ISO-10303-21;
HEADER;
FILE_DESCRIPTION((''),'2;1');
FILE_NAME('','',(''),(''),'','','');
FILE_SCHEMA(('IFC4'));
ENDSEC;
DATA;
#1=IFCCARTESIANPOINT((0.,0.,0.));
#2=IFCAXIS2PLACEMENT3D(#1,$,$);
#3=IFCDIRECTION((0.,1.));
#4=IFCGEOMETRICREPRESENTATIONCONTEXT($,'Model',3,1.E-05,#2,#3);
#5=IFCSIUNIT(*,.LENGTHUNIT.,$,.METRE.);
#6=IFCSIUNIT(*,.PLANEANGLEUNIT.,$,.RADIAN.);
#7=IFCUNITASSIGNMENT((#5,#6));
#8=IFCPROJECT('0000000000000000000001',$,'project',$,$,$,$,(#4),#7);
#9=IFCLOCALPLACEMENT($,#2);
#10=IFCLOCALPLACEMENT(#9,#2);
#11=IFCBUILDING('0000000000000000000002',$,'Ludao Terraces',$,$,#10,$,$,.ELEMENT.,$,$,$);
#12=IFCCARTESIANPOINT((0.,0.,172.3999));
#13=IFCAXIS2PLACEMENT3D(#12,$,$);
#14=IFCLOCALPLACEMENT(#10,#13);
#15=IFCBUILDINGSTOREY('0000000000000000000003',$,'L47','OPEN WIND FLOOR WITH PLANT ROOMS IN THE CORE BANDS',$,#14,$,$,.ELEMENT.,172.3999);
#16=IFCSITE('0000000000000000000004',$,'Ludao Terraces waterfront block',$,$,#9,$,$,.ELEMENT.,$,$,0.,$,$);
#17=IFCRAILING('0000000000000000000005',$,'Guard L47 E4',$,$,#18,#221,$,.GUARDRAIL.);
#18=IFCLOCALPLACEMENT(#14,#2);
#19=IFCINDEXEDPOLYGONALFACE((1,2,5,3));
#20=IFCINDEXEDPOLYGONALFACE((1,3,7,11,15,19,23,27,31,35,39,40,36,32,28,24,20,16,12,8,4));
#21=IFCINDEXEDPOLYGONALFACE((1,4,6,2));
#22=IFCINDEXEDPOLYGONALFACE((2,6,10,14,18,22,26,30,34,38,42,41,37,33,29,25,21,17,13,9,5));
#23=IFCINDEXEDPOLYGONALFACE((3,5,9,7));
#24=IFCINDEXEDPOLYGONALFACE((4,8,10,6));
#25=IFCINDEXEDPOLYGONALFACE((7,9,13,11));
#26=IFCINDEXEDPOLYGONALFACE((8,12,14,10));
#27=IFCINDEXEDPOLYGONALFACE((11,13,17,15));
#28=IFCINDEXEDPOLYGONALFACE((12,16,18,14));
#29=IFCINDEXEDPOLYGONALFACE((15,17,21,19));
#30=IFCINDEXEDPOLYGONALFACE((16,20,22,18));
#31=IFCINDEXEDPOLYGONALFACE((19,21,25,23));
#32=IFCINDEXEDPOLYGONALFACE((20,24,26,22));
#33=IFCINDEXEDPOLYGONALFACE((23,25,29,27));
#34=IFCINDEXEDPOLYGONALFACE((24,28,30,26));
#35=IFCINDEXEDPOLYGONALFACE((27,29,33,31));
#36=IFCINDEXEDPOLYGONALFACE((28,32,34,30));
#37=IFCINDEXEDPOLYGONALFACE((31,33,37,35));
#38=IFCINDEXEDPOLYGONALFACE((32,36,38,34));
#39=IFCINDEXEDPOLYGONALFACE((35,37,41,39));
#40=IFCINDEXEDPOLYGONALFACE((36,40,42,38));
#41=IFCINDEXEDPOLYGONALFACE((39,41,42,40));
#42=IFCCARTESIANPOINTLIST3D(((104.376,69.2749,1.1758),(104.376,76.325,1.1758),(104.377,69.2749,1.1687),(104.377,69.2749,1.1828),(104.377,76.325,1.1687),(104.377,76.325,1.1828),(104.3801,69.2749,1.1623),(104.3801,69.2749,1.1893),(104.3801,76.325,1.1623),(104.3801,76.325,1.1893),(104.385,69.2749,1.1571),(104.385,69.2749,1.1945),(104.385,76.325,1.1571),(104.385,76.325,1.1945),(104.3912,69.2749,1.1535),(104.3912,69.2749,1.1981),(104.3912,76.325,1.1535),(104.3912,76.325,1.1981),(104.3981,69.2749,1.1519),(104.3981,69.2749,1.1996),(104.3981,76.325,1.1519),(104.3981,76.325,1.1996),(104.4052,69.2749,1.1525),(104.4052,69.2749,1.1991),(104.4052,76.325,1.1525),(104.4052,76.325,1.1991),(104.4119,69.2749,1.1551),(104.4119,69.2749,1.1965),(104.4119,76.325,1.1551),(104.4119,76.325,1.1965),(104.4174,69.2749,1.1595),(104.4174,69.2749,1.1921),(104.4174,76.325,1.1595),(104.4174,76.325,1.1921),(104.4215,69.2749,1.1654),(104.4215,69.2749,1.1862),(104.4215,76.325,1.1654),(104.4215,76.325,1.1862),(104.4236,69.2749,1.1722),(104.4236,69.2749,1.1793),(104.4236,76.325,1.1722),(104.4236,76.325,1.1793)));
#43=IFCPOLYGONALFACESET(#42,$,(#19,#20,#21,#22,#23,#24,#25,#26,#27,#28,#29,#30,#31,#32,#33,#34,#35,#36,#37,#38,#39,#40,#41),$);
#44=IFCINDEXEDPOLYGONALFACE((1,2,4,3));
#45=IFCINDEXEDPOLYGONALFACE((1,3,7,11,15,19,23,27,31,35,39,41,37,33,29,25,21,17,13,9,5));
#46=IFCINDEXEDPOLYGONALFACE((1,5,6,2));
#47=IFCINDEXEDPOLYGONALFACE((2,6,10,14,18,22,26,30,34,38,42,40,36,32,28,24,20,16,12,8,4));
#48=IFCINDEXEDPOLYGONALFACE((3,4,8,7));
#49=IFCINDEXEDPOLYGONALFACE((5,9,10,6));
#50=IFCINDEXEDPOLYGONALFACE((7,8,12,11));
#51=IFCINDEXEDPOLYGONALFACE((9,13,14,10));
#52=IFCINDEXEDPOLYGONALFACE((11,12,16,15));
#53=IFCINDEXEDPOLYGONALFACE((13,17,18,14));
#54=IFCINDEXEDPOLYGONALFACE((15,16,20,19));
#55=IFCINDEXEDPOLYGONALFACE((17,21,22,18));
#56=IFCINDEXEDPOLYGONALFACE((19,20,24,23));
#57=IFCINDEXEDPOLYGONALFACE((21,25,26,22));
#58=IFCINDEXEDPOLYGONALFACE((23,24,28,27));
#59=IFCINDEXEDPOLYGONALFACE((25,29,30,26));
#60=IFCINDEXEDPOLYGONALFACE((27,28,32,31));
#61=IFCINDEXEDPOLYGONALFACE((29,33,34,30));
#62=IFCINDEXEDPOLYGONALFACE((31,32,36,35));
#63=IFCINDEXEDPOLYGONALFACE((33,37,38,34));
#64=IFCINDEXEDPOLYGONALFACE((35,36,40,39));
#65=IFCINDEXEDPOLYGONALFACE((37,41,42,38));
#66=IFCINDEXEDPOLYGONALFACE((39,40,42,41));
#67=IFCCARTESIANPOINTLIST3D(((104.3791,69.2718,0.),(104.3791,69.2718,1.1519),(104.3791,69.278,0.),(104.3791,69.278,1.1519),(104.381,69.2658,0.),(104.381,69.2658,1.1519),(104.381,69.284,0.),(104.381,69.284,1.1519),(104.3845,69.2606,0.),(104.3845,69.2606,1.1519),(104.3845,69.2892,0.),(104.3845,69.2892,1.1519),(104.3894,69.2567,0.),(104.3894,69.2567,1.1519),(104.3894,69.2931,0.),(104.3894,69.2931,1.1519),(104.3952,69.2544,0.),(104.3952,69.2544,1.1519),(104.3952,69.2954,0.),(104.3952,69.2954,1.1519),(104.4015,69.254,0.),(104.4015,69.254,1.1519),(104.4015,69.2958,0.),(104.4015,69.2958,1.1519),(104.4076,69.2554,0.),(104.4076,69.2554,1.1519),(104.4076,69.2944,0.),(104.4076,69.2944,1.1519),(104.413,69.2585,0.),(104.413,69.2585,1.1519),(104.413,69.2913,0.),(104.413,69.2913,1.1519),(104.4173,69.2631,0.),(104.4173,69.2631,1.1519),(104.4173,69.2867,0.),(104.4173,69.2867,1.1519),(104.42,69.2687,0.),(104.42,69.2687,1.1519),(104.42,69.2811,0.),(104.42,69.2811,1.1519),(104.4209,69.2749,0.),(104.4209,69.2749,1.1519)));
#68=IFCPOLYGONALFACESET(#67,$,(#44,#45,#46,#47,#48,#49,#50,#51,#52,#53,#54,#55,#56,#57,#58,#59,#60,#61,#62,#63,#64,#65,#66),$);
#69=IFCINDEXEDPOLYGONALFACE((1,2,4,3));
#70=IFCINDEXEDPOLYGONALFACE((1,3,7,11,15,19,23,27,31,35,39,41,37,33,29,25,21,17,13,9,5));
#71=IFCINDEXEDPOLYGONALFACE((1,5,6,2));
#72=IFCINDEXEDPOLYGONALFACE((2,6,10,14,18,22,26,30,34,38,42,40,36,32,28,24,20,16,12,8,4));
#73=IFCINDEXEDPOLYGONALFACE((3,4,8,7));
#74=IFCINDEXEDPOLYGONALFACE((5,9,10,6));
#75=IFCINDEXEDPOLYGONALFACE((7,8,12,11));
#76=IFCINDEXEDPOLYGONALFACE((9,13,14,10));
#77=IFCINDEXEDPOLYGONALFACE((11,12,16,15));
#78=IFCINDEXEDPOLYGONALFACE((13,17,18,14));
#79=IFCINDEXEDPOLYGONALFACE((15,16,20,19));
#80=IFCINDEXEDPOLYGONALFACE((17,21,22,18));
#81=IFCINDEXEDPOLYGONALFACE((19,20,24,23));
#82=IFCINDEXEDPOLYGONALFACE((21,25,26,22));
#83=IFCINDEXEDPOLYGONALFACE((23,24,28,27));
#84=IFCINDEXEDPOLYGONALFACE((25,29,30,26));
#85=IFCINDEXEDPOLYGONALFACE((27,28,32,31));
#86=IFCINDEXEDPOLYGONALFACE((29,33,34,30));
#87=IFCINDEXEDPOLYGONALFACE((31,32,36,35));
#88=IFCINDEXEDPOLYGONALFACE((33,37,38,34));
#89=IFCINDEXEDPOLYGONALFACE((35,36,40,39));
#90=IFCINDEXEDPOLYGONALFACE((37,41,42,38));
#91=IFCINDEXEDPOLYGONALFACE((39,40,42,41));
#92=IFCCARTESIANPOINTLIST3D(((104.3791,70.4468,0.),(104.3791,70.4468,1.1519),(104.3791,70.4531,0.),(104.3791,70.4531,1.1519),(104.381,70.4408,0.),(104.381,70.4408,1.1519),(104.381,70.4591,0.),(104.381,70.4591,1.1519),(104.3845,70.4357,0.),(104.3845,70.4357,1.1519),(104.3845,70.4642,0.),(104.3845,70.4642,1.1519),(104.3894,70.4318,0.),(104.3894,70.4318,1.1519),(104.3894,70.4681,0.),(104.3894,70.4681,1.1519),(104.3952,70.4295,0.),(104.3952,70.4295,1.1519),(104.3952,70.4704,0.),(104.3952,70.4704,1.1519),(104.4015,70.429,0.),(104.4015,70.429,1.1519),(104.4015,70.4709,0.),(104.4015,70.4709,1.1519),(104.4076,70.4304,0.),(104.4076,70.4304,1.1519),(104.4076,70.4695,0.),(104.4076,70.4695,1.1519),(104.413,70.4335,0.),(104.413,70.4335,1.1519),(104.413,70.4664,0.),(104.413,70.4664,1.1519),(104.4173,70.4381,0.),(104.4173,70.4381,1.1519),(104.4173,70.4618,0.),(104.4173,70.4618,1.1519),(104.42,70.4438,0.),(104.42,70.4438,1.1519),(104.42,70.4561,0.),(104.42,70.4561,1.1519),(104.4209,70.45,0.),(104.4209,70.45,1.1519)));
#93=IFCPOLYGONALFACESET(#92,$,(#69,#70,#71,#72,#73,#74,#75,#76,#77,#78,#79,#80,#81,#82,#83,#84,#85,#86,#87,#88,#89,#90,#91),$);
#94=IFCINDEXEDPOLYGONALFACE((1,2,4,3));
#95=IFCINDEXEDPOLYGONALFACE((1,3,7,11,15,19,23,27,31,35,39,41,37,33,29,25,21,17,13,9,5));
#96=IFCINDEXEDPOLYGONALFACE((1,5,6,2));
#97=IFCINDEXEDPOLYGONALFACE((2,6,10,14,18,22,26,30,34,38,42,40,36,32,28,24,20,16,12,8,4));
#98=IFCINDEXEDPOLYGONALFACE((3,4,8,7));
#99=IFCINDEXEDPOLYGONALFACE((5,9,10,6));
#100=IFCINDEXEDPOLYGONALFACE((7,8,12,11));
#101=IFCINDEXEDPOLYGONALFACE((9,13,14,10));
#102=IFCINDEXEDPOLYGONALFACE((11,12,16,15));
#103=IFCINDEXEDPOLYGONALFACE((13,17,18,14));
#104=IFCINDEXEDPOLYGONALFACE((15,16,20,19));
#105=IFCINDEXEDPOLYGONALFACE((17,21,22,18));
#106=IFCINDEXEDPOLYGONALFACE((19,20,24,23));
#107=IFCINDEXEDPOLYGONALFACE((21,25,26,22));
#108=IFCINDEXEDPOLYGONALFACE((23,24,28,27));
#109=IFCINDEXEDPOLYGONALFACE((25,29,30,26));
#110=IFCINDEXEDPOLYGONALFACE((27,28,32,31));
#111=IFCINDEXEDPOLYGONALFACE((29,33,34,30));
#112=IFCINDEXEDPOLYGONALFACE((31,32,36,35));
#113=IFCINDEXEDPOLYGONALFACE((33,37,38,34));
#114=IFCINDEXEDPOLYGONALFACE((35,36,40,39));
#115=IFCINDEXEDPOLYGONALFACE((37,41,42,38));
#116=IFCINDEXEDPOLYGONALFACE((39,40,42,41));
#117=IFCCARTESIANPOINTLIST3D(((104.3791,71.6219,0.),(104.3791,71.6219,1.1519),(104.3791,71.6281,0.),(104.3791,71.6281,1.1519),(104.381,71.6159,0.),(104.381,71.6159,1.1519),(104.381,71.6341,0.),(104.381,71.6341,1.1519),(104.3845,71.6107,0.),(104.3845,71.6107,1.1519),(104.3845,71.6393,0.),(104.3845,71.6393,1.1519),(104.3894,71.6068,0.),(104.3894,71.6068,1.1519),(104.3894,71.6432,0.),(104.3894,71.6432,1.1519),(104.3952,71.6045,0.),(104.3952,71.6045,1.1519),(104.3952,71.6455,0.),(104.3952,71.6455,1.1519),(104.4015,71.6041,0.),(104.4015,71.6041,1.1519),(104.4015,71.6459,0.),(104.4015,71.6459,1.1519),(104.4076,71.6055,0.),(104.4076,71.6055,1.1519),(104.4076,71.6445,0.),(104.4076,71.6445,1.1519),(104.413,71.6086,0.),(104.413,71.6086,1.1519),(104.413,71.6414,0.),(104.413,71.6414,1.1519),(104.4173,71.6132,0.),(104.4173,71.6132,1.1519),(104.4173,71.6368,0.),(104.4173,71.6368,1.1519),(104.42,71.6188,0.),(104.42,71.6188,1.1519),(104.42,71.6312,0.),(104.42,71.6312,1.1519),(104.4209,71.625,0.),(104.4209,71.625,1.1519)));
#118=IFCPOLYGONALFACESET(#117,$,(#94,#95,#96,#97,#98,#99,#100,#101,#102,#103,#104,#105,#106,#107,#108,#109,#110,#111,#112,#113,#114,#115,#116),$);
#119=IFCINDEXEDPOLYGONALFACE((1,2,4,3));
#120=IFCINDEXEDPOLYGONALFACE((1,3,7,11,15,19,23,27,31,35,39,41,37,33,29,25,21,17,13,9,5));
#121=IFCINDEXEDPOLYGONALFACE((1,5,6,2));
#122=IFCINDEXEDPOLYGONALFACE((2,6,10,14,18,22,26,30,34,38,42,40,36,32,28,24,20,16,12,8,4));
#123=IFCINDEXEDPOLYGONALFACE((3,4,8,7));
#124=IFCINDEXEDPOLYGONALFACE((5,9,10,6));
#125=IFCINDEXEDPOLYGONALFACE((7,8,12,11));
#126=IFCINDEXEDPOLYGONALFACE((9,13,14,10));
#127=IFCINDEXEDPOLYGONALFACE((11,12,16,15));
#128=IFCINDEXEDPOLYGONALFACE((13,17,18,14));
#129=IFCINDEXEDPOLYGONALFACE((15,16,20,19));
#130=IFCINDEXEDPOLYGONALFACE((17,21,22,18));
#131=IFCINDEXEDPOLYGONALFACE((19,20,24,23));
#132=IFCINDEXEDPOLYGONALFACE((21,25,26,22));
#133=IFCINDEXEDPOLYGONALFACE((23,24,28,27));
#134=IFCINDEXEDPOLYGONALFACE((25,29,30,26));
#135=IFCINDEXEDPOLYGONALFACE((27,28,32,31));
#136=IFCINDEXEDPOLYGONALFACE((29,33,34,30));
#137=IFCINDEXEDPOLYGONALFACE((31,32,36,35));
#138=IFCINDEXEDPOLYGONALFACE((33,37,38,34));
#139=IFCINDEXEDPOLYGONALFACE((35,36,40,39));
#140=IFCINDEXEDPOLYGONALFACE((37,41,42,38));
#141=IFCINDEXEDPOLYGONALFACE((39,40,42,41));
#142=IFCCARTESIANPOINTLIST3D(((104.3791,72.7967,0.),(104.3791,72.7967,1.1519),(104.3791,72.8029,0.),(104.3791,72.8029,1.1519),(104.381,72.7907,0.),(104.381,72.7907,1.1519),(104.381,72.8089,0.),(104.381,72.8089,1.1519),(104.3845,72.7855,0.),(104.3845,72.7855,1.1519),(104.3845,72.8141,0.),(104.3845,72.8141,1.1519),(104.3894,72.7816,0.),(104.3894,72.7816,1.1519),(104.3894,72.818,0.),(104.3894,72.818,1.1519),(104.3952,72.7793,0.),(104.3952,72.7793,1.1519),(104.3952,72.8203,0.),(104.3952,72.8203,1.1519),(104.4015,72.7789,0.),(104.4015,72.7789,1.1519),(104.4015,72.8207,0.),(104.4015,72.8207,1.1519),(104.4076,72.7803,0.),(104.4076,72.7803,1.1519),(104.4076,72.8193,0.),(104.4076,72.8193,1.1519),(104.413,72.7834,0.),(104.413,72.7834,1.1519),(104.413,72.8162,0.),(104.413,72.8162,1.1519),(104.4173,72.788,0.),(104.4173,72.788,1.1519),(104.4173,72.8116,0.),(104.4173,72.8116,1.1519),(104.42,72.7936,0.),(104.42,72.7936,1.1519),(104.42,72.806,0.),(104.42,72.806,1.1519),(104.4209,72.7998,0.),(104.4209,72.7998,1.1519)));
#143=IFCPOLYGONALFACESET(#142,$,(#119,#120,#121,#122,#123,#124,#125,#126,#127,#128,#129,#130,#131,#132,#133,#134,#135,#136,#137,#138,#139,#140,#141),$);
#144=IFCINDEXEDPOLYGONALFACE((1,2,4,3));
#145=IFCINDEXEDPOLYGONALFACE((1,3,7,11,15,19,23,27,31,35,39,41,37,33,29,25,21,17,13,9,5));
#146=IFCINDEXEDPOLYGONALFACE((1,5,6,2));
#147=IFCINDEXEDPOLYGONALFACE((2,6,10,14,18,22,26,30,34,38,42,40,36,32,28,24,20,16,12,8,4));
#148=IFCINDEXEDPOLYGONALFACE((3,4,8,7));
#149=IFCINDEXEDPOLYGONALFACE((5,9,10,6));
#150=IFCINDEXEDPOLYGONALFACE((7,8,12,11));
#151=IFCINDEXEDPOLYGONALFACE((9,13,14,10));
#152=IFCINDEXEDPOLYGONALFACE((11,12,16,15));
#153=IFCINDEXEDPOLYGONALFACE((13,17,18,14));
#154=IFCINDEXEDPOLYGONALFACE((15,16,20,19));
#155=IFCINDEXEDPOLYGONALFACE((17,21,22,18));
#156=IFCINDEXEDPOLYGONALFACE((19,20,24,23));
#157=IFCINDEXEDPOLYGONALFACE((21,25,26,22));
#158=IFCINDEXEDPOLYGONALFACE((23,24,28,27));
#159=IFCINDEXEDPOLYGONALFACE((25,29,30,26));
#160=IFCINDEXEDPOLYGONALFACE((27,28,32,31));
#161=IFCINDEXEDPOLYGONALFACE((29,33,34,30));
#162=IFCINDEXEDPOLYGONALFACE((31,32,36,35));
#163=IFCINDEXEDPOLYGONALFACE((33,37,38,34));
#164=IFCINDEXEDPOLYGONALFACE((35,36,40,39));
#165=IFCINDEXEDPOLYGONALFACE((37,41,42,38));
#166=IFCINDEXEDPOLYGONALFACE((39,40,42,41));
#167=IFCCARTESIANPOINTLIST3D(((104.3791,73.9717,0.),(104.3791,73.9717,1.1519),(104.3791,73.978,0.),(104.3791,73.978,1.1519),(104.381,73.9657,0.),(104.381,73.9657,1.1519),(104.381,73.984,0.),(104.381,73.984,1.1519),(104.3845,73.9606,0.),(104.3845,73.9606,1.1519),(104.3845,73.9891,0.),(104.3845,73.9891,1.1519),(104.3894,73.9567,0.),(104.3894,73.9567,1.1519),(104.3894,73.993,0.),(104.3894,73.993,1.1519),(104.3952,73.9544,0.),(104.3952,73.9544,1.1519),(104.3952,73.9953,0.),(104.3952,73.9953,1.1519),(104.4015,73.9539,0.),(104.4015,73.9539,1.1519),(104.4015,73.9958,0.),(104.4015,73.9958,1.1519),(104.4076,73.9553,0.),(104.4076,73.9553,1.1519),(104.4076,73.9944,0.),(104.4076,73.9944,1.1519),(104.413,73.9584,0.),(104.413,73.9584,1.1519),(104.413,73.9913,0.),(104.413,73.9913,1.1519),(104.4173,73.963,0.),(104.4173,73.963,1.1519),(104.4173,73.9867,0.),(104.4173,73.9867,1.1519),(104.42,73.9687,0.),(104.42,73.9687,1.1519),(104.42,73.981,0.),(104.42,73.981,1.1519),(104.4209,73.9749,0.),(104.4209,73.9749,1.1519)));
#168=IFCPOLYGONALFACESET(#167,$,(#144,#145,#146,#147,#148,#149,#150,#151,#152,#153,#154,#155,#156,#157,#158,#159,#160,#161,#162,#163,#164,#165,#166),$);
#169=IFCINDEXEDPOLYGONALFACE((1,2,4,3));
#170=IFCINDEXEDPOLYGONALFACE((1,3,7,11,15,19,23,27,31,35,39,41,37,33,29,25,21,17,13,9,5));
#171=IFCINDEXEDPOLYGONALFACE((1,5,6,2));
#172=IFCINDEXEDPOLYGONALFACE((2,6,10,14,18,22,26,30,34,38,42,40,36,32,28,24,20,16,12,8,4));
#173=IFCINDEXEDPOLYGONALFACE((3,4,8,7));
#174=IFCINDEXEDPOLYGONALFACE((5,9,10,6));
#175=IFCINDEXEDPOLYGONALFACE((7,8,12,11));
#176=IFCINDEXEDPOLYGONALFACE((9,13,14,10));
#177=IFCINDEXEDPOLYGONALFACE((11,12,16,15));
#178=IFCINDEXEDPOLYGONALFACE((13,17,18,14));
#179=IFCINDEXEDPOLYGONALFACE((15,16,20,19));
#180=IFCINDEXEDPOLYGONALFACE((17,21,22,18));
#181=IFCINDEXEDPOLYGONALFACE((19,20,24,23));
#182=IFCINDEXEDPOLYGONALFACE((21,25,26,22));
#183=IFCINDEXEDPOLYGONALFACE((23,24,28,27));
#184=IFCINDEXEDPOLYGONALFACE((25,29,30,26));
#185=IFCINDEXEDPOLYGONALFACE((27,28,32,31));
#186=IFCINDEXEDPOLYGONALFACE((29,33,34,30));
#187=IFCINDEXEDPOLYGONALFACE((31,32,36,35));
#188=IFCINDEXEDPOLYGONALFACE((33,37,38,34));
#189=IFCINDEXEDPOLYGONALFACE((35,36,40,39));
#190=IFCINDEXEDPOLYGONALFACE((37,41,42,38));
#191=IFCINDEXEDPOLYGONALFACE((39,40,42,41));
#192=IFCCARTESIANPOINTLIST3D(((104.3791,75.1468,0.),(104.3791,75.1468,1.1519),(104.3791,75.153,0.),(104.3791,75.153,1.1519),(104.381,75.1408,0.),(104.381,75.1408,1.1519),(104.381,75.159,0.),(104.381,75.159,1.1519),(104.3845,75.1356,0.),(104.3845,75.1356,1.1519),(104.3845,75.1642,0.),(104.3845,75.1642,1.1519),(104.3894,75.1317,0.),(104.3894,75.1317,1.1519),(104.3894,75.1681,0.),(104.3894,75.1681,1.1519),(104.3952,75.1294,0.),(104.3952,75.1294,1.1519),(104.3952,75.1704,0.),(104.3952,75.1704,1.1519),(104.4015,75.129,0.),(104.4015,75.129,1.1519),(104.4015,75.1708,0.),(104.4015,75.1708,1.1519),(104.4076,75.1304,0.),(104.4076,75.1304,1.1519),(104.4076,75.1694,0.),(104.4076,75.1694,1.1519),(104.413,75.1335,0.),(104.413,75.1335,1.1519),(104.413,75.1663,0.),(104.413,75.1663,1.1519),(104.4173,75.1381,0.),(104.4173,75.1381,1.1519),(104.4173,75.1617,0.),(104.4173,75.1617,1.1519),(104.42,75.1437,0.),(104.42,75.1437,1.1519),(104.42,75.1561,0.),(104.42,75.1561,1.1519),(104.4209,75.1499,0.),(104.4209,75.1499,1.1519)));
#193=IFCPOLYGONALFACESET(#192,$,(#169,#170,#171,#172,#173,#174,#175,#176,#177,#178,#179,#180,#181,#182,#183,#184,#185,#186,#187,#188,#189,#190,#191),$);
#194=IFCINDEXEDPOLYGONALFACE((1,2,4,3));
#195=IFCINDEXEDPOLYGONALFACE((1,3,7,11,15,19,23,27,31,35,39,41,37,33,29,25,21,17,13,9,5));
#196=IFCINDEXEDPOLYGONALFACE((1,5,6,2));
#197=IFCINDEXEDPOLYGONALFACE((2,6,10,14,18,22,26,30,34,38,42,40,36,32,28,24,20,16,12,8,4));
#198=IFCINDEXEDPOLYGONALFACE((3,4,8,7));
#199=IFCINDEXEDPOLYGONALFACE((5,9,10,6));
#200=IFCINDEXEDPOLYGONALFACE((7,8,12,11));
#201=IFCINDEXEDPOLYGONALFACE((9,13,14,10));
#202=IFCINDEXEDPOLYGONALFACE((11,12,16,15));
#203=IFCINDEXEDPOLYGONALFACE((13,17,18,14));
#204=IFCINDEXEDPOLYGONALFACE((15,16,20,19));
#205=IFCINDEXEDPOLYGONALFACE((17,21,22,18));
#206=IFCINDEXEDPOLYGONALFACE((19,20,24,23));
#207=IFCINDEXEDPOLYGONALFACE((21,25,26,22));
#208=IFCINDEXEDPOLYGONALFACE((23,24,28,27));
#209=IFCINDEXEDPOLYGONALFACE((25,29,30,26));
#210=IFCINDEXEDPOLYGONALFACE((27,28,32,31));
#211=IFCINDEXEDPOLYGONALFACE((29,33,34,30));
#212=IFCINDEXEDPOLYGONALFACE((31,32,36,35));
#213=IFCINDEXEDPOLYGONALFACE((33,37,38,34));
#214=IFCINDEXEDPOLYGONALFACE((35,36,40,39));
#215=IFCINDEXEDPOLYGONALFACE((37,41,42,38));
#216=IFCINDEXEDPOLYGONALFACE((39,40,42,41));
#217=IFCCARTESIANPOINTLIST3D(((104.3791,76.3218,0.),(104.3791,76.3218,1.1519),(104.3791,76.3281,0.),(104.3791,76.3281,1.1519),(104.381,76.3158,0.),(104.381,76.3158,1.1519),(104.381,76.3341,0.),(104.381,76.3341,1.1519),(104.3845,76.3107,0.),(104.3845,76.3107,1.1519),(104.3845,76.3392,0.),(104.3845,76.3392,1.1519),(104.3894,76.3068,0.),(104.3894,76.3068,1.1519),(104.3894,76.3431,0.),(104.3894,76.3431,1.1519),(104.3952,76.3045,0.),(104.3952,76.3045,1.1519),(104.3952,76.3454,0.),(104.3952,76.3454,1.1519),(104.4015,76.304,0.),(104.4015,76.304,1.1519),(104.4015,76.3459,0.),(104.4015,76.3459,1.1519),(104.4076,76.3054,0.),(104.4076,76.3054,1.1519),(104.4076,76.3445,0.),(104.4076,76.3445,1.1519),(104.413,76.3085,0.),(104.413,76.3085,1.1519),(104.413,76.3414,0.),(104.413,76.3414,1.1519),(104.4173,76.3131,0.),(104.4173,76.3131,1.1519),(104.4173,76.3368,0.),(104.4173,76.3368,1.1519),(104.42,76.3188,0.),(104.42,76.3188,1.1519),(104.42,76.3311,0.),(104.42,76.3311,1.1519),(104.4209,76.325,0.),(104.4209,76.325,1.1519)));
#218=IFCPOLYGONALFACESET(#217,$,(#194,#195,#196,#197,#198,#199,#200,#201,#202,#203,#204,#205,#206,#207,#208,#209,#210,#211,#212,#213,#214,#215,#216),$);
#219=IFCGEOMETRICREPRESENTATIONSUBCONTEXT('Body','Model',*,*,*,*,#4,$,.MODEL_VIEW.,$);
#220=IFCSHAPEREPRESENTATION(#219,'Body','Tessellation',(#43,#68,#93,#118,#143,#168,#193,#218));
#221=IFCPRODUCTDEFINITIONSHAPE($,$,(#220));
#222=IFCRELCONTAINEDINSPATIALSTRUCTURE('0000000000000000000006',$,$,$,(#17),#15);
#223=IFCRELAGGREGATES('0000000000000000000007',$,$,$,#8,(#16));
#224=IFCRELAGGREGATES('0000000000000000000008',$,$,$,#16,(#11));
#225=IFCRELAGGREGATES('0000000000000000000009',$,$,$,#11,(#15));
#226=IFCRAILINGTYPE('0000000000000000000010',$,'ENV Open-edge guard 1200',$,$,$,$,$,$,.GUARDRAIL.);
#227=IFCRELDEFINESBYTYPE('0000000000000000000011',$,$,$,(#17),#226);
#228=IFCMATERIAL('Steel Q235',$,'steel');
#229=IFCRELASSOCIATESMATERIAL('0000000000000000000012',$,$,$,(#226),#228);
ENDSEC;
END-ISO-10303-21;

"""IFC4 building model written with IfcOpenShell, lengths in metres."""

from ifc_helpers import new_model, si_unit, direction, frame, origin, origin_2d, place, context, subcontext, project, spatial, circle, extrude, material, type_object, element, save


model = new_model("IFC4")

# Units and contexts
model_context = context("Model", 3, precision=1e-05, world=origin(), true_north=direction((0.0, 1.0)))
body_context = subcontext(model_context, "Body", "Model", "MODEL_VIEW")
ifc_project = project(units=[si_unit("LENGTHUNIT", "METRE"), si_unit("PLANEANGLEUNIT", "RADIAN")], contexts=[model_context])

# Site, building, storey
site_placement = place(None, origin())
site = spatial("IfcSite", under=ifc_project, at=site_placement, Name="Ludao Terraces waterfront block", CompositionType="ELEMENT", RefElevation=0.0)
building_placement = place(site_placement, origin())
building = spatial("IfcBuilding", under=site, at=building_placement, Name="Ludao Terraces", CompositionType="ELEMENT")
storey_placement = place(building_placement, frame((0.0, 0.0, 172.3999)))
storey = spatial("IfcBuildingStorey", under=building, at=storey_placement, Name="L47", Description="OPEN WIND FLOOR WITH PLANT ROOMS IN THE CORE BANDS", CompositionType="ELEMENT", Elevation=172.3999)

# Shared definitions
ifc_material_1 = material(Name="Steel Q235", Category="steel")

# Railing
railing_type_1 = type_object("IfcRailingType", Name="ENV Open-edge guard 1200", PredefinedType="GUARDRAIL", material=ifc_material_1)
railing_1_placement = place(storey_placement, frame((104.3999, 69.2749, 0.0)))
element("IfcRailing", 1, at=railing_1_placement, inside=storey, type_object=railing_type_1, Name="Guard L47 E4", PredefinedType="GUARDRAIL", context=body_context, shape_type="SweptSolid", body=[
    extrude(circle(Radius=0.0239, at=origin_2d()), frame((0.0, 0.0, 1.1758), z_axis=(0.0, 1.0, 0.0), x_axis=(-1.0, 0.0, 0.0)), (0.0, 0.0, 1.0), 7.05),
    extrude(circle(Radius=0.021, at=origin_2d()), origin(), (0.0, 0.0, 1.0), 1.1519),
    extrude(circle(Radius=0.021, at=origin_2d()), frame((0.0, 1.175, 0.0)), (0.0, 0.0, 1.0), 1.1519),
    extrude(circle(Radius=0.021, at=origin_2d()), frame((0.0, 2.3501, 0.0)), (0.0, 0.0, 1.0), 1.1519),
    extrude(circle(Radius=0.021, at=origin_2d()), frame((0.0, 3.5249, 0.0)), (0.0, 0.0, 1.0), 1.1519),
    extrude(circle(Radius=0.021, at=origin_2d()), frame((0.0, 4.7, 0.0)), (0.0, 0.0, 1.0), 1.1519),
    extrude(circle(Radius=0.021, at=origin_2d()), frame((0.0, 5.875, 0.0)), (0.0, 0.0, 1.0), 1.1519),
    extrude(circle(Radius=0.021, at=origin_2d()), frame((0.0, 7.05, 0.0)), (0.0, 0.0, 1.0), 1.1519),
])

save(model, "model.ifc")
